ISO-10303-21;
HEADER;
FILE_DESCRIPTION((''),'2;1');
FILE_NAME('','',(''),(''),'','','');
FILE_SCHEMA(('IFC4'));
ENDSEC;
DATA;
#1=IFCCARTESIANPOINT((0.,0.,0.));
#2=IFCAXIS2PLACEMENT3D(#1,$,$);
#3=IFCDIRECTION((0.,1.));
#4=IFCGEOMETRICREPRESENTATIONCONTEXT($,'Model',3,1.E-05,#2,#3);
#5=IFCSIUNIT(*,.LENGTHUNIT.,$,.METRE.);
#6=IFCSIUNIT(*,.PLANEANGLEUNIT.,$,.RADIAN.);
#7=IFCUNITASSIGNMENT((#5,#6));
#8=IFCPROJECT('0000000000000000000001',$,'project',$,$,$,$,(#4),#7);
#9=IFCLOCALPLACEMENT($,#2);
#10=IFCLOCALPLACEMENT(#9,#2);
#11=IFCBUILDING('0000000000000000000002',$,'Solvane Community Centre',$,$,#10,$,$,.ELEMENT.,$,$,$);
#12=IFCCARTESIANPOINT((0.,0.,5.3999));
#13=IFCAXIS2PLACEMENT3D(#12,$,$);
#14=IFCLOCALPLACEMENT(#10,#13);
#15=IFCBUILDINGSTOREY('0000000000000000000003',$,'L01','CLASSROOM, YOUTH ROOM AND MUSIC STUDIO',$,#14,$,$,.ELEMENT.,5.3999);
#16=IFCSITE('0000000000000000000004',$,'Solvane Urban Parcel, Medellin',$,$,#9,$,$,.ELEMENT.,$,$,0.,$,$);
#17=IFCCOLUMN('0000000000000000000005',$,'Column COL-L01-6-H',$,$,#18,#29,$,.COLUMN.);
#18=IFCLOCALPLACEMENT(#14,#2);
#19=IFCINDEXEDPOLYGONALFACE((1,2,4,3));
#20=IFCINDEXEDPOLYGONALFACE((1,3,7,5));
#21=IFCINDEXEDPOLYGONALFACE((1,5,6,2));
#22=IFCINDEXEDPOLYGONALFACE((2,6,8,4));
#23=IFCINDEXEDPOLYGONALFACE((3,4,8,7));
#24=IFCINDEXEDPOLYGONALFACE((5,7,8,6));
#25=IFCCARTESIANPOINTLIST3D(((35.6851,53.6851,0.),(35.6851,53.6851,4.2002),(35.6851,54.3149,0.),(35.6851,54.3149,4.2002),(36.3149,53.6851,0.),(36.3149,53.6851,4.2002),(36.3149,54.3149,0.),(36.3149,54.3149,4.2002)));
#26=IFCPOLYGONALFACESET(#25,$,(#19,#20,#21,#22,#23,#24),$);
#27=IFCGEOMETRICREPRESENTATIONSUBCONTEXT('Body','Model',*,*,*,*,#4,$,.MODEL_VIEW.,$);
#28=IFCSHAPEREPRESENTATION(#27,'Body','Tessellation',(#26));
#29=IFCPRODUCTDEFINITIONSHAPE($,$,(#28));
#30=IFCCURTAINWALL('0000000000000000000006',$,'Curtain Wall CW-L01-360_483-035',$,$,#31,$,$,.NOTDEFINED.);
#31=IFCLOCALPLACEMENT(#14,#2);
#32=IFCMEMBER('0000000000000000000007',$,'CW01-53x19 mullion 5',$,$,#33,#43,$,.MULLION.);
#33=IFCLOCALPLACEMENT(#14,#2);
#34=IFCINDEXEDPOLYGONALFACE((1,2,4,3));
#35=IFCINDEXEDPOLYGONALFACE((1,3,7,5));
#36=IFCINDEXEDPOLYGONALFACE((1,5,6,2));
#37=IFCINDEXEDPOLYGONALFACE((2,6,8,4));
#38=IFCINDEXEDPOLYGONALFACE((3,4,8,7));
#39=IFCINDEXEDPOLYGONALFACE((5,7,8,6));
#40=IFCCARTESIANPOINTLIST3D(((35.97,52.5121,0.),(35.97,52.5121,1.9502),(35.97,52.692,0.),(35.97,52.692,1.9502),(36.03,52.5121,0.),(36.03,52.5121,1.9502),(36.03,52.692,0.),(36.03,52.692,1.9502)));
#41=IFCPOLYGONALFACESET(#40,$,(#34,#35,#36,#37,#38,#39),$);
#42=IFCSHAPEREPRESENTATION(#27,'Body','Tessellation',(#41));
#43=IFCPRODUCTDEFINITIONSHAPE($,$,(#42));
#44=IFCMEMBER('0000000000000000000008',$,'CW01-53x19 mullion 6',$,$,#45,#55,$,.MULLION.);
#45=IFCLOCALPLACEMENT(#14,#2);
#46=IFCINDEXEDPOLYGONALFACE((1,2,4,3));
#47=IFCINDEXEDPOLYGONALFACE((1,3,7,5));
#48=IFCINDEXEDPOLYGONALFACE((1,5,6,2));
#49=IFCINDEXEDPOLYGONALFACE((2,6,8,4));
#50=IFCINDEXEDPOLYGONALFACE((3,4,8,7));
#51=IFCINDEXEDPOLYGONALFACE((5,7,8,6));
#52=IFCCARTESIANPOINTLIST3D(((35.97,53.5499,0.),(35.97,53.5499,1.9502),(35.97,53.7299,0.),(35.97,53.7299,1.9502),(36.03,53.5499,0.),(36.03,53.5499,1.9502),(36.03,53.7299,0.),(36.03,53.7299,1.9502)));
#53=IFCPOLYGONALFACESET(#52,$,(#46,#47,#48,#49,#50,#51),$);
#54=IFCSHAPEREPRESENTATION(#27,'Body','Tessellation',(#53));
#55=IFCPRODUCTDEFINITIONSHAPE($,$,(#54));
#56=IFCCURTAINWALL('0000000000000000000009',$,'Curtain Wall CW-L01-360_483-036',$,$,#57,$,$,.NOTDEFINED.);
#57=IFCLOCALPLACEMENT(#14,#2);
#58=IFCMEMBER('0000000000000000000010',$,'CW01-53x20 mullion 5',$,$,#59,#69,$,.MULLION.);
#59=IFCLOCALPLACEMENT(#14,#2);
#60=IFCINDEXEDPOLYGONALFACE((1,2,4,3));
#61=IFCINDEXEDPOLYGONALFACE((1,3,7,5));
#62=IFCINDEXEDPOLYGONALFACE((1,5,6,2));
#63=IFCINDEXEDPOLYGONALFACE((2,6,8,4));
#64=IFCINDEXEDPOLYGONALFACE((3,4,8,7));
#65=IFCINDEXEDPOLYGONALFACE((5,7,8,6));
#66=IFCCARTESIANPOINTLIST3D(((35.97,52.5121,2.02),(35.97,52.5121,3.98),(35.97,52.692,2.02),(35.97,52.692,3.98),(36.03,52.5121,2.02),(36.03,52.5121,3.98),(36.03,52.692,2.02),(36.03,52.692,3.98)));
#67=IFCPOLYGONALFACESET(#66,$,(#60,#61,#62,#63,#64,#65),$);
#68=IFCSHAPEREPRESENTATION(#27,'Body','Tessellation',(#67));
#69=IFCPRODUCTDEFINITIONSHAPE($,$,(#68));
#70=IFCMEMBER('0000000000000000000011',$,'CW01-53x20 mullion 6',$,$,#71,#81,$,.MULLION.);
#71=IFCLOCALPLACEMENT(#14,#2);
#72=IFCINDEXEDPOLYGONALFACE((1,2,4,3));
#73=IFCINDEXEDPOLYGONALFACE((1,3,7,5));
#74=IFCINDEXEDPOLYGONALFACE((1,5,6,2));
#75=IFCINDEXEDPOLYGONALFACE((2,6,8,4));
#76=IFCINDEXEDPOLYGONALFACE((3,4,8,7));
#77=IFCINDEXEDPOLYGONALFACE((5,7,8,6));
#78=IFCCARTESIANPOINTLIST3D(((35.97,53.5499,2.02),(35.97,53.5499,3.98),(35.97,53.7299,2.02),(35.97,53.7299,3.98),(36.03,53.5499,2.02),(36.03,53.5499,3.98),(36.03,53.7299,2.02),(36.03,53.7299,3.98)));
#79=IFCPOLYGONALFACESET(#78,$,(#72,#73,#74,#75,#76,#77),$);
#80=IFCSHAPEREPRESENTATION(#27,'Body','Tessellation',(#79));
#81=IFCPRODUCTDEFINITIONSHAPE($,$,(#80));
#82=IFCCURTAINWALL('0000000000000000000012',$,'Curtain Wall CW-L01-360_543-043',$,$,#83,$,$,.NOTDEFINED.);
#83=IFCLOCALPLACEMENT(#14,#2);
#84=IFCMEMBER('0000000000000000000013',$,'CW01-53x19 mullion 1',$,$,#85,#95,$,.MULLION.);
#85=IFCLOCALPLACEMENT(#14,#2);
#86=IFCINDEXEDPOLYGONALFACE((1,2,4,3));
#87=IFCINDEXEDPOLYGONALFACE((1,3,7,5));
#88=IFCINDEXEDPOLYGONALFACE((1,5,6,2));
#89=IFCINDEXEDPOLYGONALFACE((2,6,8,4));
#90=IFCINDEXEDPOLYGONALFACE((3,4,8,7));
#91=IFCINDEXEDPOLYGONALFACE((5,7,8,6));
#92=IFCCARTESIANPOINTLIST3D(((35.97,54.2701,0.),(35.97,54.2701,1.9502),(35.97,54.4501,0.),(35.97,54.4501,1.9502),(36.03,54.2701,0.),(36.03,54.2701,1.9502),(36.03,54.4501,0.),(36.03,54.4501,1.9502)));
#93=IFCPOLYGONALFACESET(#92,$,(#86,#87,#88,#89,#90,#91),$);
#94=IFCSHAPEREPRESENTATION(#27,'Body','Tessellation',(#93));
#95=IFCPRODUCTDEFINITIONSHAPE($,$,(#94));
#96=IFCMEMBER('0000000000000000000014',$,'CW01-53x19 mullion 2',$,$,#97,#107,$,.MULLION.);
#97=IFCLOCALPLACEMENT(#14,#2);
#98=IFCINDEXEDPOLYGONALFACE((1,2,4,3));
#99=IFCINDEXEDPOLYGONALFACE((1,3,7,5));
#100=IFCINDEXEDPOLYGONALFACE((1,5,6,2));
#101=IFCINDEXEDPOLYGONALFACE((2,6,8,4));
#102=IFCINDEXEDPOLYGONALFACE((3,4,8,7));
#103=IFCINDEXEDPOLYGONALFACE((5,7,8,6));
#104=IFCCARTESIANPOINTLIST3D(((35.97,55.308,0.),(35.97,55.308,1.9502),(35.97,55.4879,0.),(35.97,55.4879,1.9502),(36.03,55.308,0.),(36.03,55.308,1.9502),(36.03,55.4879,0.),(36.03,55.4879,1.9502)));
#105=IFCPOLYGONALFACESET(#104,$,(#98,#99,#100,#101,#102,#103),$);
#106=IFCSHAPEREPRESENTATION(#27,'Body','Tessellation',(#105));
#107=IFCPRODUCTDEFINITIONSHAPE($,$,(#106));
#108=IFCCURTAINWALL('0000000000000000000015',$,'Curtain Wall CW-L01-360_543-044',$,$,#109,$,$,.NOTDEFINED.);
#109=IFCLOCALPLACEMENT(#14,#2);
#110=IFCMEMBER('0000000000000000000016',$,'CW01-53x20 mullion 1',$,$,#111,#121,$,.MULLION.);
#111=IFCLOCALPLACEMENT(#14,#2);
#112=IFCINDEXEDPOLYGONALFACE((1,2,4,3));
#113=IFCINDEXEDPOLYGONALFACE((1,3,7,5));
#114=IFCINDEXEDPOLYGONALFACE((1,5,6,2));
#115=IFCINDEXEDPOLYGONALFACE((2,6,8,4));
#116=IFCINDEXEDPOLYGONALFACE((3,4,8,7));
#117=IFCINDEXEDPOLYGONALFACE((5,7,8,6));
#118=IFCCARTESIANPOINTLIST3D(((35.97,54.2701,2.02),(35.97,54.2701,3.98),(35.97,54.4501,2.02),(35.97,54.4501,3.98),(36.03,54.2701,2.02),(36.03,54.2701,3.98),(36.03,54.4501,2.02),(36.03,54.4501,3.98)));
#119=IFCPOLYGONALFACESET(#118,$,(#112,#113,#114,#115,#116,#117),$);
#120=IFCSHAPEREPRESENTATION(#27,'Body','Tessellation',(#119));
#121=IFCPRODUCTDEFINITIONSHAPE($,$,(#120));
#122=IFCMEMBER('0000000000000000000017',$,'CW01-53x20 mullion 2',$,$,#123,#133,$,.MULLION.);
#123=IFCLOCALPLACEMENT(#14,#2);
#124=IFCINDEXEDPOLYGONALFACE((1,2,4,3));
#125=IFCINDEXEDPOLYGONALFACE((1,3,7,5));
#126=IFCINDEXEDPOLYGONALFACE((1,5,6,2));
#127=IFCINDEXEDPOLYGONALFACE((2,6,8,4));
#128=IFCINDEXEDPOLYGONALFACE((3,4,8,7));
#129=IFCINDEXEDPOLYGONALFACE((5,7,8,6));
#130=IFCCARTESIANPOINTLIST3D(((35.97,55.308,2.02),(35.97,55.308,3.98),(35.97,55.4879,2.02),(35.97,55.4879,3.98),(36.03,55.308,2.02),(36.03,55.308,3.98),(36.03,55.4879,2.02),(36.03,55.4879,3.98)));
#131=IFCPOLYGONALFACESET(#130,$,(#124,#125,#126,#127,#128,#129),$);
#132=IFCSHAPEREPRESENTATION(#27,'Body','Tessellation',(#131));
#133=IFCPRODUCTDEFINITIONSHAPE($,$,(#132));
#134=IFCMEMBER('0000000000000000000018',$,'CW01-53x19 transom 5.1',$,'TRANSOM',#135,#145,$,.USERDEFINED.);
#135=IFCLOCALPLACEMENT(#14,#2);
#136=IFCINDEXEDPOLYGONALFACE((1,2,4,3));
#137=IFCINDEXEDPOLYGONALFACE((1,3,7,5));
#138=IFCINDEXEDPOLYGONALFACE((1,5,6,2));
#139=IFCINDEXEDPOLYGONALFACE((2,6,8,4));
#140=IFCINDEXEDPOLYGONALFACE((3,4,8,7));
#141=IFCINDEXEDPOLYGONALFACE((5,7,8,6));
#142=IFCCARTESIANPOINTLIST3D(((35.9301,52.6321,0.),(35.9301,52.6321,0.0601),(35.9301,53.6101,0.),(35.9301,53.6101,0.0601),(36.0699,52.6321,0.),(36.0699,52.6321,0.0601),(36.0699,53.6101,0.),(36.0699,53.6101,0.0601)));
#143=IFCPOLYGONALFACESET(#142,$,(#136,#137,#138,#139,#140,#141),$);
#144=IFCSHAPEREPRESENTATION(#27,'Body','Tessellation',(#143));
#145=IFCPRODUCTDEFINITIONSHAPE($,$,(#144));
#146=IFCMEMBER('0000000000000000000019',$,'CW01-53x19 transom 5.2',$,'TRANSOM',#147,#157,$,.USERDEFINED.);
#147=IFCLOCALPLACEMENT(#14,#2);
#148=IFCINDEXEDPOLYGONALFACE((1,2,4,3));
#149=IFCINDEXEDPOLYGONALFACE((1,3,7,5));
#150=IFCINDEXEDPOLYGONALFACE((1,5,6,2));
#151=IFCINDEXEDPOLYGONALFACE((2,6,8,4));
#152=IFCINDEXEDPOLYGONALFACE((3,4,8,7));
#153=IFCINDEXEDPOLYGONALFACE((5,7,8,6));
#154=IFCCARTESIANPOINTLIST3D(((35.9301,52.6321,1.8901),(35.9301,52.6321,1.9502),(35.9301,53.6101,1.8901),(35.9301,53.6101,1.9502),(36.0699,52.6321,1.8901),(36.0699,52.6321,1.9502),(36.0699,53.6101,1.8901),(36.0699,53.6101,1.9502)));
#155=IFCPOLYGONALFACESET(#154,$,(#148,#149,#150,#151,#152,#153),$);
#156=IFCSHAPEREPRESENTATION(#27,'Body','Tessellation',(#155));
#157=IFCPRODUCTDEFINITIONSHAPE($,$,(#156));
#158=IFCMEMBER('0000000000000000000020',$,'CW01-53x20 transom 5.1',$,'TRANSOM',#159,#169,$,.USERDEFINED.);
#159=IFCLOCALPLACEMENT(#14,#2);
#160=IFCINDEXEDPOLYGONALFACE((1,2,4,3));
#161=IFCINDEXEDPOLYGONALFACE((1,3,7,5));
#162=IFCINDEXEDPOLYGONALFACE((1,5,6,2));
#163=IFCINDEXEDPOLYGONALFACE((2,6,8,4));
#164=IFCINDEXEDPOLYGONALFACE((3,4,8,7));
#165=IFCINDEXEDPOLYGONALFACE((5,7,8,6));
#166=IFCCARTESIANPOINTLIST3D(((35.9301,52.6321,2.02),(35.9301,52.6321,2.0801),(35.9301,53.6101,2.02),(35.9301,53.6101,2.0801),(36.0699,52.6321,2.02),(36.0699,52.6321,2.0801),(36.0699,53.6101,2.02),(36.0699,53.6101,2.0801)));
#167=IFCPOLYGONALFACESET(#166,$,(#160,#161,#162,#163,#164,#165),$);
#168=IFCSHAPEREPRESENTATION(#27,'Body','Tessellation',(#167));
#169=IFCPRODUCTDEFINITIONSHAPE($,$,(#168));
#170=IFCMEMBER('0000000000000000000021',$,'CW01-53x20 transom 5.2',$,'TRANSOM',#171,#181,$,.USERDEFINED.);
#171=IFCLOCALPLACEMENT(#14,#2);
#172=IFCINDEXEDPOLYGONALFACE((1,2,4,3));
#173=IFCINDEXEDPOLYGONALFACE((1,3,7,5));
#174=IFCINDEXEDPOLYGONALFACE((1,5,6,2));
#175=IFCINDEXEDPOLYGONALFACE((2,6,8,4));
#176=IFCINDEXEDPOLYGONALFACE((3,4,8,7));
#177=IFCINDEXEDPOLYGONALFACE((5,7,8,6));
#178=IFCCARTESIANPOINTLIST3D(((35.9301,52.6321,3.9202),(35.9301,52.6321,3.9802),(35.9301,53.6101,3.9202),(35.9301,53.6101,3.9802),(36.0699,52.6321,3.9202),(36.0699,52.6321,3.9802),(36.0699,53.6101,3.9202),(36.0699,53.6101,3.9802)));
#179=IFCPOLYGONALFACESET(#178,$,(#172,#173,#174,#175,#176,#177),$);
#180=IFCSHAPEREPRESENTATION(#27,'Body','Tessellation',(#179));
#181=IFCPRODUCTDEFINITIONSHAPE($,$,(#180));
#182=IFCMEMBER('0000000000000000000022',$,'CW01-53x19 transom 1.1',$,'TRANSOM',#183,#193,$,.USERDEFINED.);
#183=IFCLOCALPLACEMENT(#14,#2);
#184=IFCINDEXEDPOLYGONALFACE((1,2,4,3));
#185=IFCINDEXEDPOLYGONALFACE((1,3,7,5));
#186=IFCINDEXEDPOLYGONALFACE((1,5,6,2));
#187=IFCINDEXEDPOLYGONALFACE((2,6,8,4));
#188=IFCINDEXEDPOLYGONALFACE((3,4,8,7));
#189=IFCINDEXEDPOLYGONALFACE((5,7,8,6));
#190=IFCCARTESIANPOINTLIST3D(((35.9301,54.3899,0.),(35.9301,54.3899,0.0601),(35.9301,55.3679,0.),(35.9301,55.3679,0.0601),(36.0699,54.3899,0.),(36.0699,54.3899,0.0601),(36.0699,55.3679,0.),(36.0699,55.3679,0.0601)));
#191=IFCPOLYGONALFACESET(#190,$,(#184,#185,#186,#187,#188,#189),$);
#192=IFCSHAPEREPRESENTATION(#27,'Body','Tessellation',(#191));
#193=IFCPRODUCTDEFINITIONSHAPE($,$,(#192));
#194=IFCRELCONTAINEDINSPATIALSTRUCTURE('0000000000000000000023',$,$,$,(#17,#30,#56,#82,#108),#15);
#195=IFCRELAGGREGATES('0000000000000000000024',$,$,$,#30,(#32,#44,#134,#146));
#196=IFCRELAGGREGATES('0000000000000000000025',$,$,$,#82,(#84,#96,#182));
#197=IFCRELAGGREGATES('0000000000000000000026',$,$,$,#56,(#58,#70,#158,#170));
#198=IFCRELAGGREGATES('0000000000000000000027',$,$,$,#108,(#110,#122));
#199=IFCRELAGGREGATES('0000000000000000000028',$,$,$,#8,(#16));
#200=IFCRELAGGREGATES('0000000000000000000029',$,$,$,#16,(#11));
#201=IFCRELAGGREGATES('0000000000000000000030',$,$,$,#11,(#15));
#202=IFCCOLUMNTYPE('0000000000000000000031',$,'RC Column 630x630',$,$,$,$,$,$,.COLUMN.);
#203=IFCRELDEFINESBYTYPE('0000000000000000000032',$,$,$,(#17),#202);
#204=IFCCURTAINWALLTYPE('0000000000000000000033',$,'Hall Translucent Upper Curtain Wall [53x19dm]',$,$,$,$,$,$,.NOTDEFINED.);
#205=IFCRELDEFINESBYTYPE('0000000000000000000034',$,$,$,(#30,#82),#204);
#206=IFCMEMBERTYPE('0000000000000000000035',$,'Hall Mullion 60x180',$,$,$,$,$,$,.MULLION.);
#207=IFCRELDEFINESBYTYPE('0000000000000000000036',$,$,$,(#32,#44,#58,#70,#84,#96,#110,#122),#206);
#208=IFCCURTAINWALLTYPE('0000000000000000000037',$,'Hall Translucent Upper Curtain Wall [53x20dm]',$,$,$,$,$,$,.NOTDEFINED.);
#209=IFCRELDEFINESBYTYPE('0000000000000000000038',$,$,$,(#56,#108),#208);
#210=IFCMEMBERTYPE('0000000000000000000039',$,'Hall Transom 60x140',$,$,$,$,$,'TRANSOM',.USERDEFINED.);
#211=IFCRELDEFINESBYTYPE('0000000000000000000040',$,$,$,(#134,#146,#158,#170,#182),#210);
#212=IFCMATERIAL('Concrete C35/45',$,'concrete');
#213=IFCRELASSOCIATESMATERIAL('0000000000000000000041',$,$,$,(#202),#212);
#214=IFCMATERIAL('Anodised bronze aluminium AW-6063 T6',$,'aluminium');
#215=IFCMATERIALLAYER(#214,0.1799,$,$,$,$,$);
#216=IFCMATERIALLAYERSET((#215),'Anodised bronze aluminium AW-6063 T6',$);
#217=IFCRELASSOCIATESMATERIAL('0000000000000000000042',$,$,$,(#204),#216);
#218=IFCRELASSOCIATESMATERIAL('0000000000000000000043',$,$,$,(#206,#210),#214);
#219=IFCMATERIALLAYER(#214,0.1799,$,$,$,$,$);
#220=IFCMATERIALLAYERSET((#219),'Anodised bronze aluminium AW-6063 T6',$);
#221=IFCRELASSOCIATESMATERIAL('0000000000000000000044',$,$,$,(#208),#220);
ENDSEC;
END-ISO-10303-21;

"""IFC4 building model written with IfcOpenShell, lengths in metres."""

from ifc_helpers import new_model, si_unit, direction, frame, origin, origin_2d, place, context, subcontext, project, spatial, rectangle, extrude, material, layer, layer_set, material_profile, profile_set, type_object, element, aggregate, save


model = new_model("IFC4")

# Units and contexts
model_context = context("Model", 3, precision=1e-05, world=origin(), true_north=direction((0.0, 1.0)))
body_context = subcontext(model_context, "Body", "Model", "MODEL_VIEW")
ifc_project = project(units=[si_unit("LENGTHUNIT", "METRE"), si_unit("PLANEANGLEUNIT", "RADIAN")], contexts=[model_context])

# Site, building, storey
site_placement = place(None, origin())
site = spatial("IfcSite", under=ifc_project, at=site_placement, Name="Solvane Urban Parcel, Medellin", CompositionType="ELEMENT", RefElevation=0.0)
building_placement = place(site_placement, origin())
building = spatial("IfcBuilding", under=site, at=building_placement, Name="Solvane Community Centre", CompositionType="ELEMENT")
storey_placement = place(building_placement, frame((0.0, 0.0, 5.3999)))
storey = spatial("IfcBuildingStorey", under=building, at=storey_placement, Name="L01", Description="CLASSROOM, YOUTH ROOM AND MUSIC STUDIO", CompositionType="ELEMENT", Elevation=5.3999)

# Column
ifc_material_1 = material(Name="Concrete C35/45", Category="concrete")
ifc_material_profile_1 = material_profile(ifc_material_1, rectangle(XDim=0.6299, YDim=0.6299, at=origin_2d()), Name="RC 630x630")
ifc_profile_set_1 = profile_set([ifc_material_profile_1], Name="Concrete C35/45")
column_type = type_object("IfcColumnType", Name="RC Column 630x630", PredefinedType="COLUMN", material=ifc_profile_set_1)
column_placement = place(storey_placement, frame((36.0, 54.0, 0.0), z_axis=(0.0, 0.0, 1.0), x_axis=(1.0, 0.0, 0.0)))
element("IfcColumn", 1, at=column_placement, inside=storey, type_object=column_type, Name="Column COL-L01-6-H", PredefinedType="COLUMN", context=body_context, shape_type="SweptSolid", body=[
    extrude(rectangle(XDim=0.6299, YDim=0.6299, at=origin_2d()), origin(), (0.0, 0.0, 1.0), 4.2002),
])

# Curtain walls, members
ifc_material_2 = material(Name="Anodised bronze aluminium AW-6063 T6", Category="aluminium")
ifc_layer_1 = layer(ifc_material_2, 0.1799)
ifc_layer_set_1 = layer_set([ifc_layer_1], Name="Anodised bronze aluminium AW-6063 T6")
curtain_wall_type_1 = type_object("IfcCurtainWallType", Name="Hall Translucent Upper Curtain Wall [53x19dm]", PredefinedType="NOTDEFINED", material=ifc_layer_set_1)
curtain_wall_1_placement = place(storey_placement, origin())
curtain_wall_1 = element("IfcCurtainWall", 2, at=curtain_wall_1_placement, inside=storey, type_object=curtain_wall_type_1, Name="Curtain Wall CW-L01-360_483-035", PredefinedType="NOTDEFINED")
ifc_material_profile_2 = material_profile(ifc_material_2, rectangle(XDim=0.0601, YDim=0.1799, at=origin_2d()), Name="CW-M 60x180")
ifc_profile_set_2 = profile_set([ifc_material_profile_2], Name="Anodised bronze aluminium AW-6063 T6")
member_type_1 = type_object("IfcMemberType", Name="Hall Mullion 60x180", PredefinedType="MULLION", material=ifc_profile_set_2)
member_1_placement = place(storey_placement, frame((36.0, 52.6021, 0.0), z_axis=(0.0, 0.0, 1.0), x_axis=(-1.0, 0.0, 0.0)))
member_1 = element("IfcMember", 3, at=member_1_placement, type_object=member_type_1, Name="CW01-53x19 mullion 5", PredefinedType="MULLION", context=body_context, shape_type="SweptSolid", body=[
    extrude(rectangle(XDim=0.0601, YDim=0.1799, at=origin_2d()), origin(), (0.0, 0.0, 1.0), 1.9502),
])
member_2_placement = place(storey_placement, frame((36.0, 53.6399, 0.0), z_axis=(0.0, 0.0, 1.0), x_axis=(-1.0, 0.0, 0.0)))
member_2 = element("IfcMember", 4, at=member_2_placement, type_object=member_type_1, Name="CW01-53x19 mullion 6", PredefinedType="MULLION", context=body_context, shape_type="SweptSolid", body=[
    extrude(rectangle(XDim=0.0601, YDim=0.1799, at=origin_2d()), origin(), (0.0, 0.0, 1.0), 1.9502),
])
ifc_layer_2 = layer(ifc_material_2, 0.1799)
ifc_layer_set_2 = layer_set([ifc_layer_2], Name="Anodised bronze aluminium AW-6063 T6")
curtain_wall_type_2 = type_object("IfcCurtainWallType", Name="Hall Translucent Upper Curtain Wall [53x20dm]", PredefinedType="NOTDEFINED", material=ifc_layer_set_2)
curtain_wall_2_placement = place(storey_placement, origin())
curtain_wall_2 = element("IfcCurtainWall", 5, at=curtain_wall_2_placement, inside=storey, type_object=curtain_wall_type_2, Name="Curtain Wall CW-L01-360_483-036", PredefinedType="NOTDEFINED")
member_3_placement = place(storey_placement, frame((36.0, 52.6021, 2.02), z_axis=(0.0, 0.0, 1.0), x_axis=(-1.0, 0.0, 0.0)))
member_3 = element("IfcMember", 6, at=member_3_placement, type_object=member_type_1, Name="CW01-53x20 mullion 5", PredefinedType="MULLION", context=body_context, shape_type="SweptSolid", body=[
    extrude(rectangle(XDim=0.0601, YDim=0.1799, at=origin_2d()), origin(), (0.0, 0.0, 1.0), 1.96),
])
member_4_placement = place(storey_placement, frame((36.0, 53.6399, 2.02), z_axis=(0.0, 0.0, 1.0), x_axis=(-1.0, 0.0, 0.0)))
member_4 = element("IfcMember", 7, at=member_4_placement, type_object=member_type_1, Name="CW01-53x20 mullion 6", PredefinedType="MULLION", context=body_context, shape_type="SweptSolid", body=[
    extrude(rectangle(XDim=0.0601, YDim=0.1799, at=origin_2d()), origin(), (0.0, 0.0, 1.0), 1.96),
])
curtain_wall_3_placement = place(storey_placement, origin())
curtain_wall_3 = element("IfcCurtainWall", 8, at=curtain_wall_3_placement, inside=storey, type_object=curtain_wall_type_1, Name="Curtain Wall CW-L01-360_543-043", PredefinedType="NOTDEFINED")
member_5_placement = place(storey_placement, frame((36.0, 54.3601, 0.0), z_axis=(0.0, 0.0, 1.0), x_axis=(-1.0, 0.0, 0.0)))
member_5 = element("IfcMember", 9, at=member_5_placement, type_object=member_type_1, Name="CW01-53x19 mullion 1", PredefinedType="MULLION", context=body_context, shape_type="SweptSolid", body=[
    extrude(rectangle(XDim=0.0601, YDim=0.1799, at=origin_2d()), origin(), (0.0, 0.0, 1.0), 1.9502),
])
member_6_placement = place(storey_placement, frame((36.0, 55.3979, 0.0), z_axis=(0.0, 0.0, 1.0), x_axis=(-1.0, 0.0, 0.0)))
member_6 = element("IfcMember", 10, at=member_6_placement, type_object=member_type_1, Name="CW01-53x19 mullion 2", PredefinedType="MULLION", context=body_context, shape_type="SweptSolid", body=[
    extrude(rectangle(XDim=0.0601, YDim=0.1799, at=origin_2d()), origin(), (0.0, 0.0, 1.0), 1.9502),
])
curtain_wall_4_placement = place(storey_placement, origin())
curtain_wall_4 = element("IfcCurtainWall", 11, at=curtain_wall_4_placement, inside=storey, type_object=curtain_wall_type_2, Name="Curtain Wall CW-L01-360_543-044", PredefinedType="NOTDEFINED")
member_7_placement = place(storey_placement, frame((36.0, 54.3601, 2.02), z_axis=(0.0, 0.0, 1.0), x_axis=(-1.0, 0.0, 0.0)))
member_7 = element("IfcMember", 12, at=member_7_placement, type_object=member_type_1, Name="CW01-53x20 mullion 1", PredefinedType="MULLION", context=body_context, shape_type="SweptSolid", body=[
    extrude(rectangle(XDim=0.0601, YDim=0.1799, at=origin_2d()), origin(), (0.0, 0.0, 1.0), 1.96),
])
member_8_placement = place(storey_placement, frame((36.0, 55.3979, 2.02), z_axis=(0.0, 0.0, 1.0), x_axis=(-1.0, 0.0, 0.0)))
member_8 = element("IfcMember", 13, at=member_8_placement, type_object=member_type_1, Name="CW01-53x20 mullion 2", PredefinedType="MULLION", context=body_context, shape_type="SweptSolid", body=[
    extrude(rectangle(XDim=0.0601, YDim=0.1799, at=origin_2d()), origin(), (0.0, 0.0, 1.0), 1.96),
])

# Members
ifc_material_profile_3 = material_profile(ifc_material_2, rectangle(XDim=0.1399, YDim=0.0601, at=origin_2d()), Name="CW-T 60x140")
ifc_profile_set_3 = profile_set([ifc_material_profile_3], Name="Anodised bronze aluminium AW-6063 T6")
member_type_2 = type_object("IfcMemberType", Name="Hall Transom 60x140", ElementType="TRANSOM", PredefinedType="USERDEFINED", material=ifc_profile_set_3)
member_9_placement = place(storey_placement, frame((36.0, 52.6321, 0.03), z_axis=(0.0, 1.0, 0.0), x_axis=(-1.0, 0.0, 0.0)))
member_9 = element("IfcMember", 14, at=member_9_placement, type_object=member_type_2, Name="CW01-53x19 transom 5.1", ObjectType="TRANSOM", PredefinedType="USERDEFINED", context=body_context, shape_type="SweptSolid", body=[
    extrude(rectangle(XDim=0.1399, YDim=0.0601, at=origin_2d()), origin(), (0.0, 0.0, 1.0), 0.978),
])
member_10_placement = place(storey_placement, frame((36.0, 52.6321, 1.9202), z_axis=(0.0, 1.0, 0.0), x_axis=(-1.0, 0.0, 0.0)))
member_10 = element("IfcMember", 15, at=member_10_placement, type_object=member_type_2, Name="CW01-53x19 transom 5.2", ObjectType="TRANSOM", PredefinedType="USERDEFINED", context=body_context, shape_type="SweptSolid", body=[
    extrude(rectangle(XDim=0.1399, YDim=0.0601, at=origin_2d()), origin(), (0.0, 0.0, 1.0), 0.978),
])
member_11_placement = place(storey_placement, frame((36.0, 52.6321, 2.05), z_axis=(0.0, 1.0, 0.0), x_axis=(-1.0, 0.0, 0.0)))
member_11 = element("IfcMember", 16, at=member_11_placement, type_object=member_type_2, Name="CW01-53x20 transom 5.1", ObjectType="TRANSOM", PredefinedType="USERDEFINED", context=body_context, shape_type="SweptSolid", body=[
    extrude(rectangle(XDim=0.1399, YDim=0.0601, at=origin_2d()), origin(), (0.0, 0.0, 1.0), 0.978),
])
member_12_placement = place(storey_placement, frame((36.0, 52.6321, 3.9502), z_axis=(0.0, 1.0, 0.0), x_axis=(-1.0, 0.0, 0.0)))
member_12 = element("IfcMember", 17, at=member_12_placement, type_object=member_type_2, Name="CW01-53x20 transom 5.2", ObjectType="TRANSOM", PredefinedType="USERDEFINED", context=body_context, shape_type="SweptSolid", body=[
    extrude(rectangle(XDim=0.1399, YDim=0.0601, at=origin_2d()), origin(), (0.0, 0.0, 1.0), 0.978),
])
member_13_placement = place(storey_placement, frame((36.0, 54.3899, 0.03), z_axis=(0.0, 1.0, 0.0), x_axis=(-1.0, 0.0, 0.0)))
member_13 = element("IfcMember", 18, at=member_13_placement, type_object=member_type_2, Name="CW01-53x19 transom 1.1", ObjectType="TRANSOM", PredefinedType="USERDEFINED", context=body_context, shape_type="SweptSolid", body=[
    extrude(rectangle(XDim=0.1399, YDim=0.0601, at=origin_2d()), origin(), (0.0, 0.0, 1.0), 0.978),
])

aggregate(curtain_wall_1, [member_1, member_2, member_9, member_10])
aggregate(curtain_wall_3, [member_5, member_6, member_13])
aggregate(curtain_wall_2, [member_3, member_4, member_11, member_12])
aggregate(curtain_wall_4, [member_7, member_8])

save(model, "model.ifc")
